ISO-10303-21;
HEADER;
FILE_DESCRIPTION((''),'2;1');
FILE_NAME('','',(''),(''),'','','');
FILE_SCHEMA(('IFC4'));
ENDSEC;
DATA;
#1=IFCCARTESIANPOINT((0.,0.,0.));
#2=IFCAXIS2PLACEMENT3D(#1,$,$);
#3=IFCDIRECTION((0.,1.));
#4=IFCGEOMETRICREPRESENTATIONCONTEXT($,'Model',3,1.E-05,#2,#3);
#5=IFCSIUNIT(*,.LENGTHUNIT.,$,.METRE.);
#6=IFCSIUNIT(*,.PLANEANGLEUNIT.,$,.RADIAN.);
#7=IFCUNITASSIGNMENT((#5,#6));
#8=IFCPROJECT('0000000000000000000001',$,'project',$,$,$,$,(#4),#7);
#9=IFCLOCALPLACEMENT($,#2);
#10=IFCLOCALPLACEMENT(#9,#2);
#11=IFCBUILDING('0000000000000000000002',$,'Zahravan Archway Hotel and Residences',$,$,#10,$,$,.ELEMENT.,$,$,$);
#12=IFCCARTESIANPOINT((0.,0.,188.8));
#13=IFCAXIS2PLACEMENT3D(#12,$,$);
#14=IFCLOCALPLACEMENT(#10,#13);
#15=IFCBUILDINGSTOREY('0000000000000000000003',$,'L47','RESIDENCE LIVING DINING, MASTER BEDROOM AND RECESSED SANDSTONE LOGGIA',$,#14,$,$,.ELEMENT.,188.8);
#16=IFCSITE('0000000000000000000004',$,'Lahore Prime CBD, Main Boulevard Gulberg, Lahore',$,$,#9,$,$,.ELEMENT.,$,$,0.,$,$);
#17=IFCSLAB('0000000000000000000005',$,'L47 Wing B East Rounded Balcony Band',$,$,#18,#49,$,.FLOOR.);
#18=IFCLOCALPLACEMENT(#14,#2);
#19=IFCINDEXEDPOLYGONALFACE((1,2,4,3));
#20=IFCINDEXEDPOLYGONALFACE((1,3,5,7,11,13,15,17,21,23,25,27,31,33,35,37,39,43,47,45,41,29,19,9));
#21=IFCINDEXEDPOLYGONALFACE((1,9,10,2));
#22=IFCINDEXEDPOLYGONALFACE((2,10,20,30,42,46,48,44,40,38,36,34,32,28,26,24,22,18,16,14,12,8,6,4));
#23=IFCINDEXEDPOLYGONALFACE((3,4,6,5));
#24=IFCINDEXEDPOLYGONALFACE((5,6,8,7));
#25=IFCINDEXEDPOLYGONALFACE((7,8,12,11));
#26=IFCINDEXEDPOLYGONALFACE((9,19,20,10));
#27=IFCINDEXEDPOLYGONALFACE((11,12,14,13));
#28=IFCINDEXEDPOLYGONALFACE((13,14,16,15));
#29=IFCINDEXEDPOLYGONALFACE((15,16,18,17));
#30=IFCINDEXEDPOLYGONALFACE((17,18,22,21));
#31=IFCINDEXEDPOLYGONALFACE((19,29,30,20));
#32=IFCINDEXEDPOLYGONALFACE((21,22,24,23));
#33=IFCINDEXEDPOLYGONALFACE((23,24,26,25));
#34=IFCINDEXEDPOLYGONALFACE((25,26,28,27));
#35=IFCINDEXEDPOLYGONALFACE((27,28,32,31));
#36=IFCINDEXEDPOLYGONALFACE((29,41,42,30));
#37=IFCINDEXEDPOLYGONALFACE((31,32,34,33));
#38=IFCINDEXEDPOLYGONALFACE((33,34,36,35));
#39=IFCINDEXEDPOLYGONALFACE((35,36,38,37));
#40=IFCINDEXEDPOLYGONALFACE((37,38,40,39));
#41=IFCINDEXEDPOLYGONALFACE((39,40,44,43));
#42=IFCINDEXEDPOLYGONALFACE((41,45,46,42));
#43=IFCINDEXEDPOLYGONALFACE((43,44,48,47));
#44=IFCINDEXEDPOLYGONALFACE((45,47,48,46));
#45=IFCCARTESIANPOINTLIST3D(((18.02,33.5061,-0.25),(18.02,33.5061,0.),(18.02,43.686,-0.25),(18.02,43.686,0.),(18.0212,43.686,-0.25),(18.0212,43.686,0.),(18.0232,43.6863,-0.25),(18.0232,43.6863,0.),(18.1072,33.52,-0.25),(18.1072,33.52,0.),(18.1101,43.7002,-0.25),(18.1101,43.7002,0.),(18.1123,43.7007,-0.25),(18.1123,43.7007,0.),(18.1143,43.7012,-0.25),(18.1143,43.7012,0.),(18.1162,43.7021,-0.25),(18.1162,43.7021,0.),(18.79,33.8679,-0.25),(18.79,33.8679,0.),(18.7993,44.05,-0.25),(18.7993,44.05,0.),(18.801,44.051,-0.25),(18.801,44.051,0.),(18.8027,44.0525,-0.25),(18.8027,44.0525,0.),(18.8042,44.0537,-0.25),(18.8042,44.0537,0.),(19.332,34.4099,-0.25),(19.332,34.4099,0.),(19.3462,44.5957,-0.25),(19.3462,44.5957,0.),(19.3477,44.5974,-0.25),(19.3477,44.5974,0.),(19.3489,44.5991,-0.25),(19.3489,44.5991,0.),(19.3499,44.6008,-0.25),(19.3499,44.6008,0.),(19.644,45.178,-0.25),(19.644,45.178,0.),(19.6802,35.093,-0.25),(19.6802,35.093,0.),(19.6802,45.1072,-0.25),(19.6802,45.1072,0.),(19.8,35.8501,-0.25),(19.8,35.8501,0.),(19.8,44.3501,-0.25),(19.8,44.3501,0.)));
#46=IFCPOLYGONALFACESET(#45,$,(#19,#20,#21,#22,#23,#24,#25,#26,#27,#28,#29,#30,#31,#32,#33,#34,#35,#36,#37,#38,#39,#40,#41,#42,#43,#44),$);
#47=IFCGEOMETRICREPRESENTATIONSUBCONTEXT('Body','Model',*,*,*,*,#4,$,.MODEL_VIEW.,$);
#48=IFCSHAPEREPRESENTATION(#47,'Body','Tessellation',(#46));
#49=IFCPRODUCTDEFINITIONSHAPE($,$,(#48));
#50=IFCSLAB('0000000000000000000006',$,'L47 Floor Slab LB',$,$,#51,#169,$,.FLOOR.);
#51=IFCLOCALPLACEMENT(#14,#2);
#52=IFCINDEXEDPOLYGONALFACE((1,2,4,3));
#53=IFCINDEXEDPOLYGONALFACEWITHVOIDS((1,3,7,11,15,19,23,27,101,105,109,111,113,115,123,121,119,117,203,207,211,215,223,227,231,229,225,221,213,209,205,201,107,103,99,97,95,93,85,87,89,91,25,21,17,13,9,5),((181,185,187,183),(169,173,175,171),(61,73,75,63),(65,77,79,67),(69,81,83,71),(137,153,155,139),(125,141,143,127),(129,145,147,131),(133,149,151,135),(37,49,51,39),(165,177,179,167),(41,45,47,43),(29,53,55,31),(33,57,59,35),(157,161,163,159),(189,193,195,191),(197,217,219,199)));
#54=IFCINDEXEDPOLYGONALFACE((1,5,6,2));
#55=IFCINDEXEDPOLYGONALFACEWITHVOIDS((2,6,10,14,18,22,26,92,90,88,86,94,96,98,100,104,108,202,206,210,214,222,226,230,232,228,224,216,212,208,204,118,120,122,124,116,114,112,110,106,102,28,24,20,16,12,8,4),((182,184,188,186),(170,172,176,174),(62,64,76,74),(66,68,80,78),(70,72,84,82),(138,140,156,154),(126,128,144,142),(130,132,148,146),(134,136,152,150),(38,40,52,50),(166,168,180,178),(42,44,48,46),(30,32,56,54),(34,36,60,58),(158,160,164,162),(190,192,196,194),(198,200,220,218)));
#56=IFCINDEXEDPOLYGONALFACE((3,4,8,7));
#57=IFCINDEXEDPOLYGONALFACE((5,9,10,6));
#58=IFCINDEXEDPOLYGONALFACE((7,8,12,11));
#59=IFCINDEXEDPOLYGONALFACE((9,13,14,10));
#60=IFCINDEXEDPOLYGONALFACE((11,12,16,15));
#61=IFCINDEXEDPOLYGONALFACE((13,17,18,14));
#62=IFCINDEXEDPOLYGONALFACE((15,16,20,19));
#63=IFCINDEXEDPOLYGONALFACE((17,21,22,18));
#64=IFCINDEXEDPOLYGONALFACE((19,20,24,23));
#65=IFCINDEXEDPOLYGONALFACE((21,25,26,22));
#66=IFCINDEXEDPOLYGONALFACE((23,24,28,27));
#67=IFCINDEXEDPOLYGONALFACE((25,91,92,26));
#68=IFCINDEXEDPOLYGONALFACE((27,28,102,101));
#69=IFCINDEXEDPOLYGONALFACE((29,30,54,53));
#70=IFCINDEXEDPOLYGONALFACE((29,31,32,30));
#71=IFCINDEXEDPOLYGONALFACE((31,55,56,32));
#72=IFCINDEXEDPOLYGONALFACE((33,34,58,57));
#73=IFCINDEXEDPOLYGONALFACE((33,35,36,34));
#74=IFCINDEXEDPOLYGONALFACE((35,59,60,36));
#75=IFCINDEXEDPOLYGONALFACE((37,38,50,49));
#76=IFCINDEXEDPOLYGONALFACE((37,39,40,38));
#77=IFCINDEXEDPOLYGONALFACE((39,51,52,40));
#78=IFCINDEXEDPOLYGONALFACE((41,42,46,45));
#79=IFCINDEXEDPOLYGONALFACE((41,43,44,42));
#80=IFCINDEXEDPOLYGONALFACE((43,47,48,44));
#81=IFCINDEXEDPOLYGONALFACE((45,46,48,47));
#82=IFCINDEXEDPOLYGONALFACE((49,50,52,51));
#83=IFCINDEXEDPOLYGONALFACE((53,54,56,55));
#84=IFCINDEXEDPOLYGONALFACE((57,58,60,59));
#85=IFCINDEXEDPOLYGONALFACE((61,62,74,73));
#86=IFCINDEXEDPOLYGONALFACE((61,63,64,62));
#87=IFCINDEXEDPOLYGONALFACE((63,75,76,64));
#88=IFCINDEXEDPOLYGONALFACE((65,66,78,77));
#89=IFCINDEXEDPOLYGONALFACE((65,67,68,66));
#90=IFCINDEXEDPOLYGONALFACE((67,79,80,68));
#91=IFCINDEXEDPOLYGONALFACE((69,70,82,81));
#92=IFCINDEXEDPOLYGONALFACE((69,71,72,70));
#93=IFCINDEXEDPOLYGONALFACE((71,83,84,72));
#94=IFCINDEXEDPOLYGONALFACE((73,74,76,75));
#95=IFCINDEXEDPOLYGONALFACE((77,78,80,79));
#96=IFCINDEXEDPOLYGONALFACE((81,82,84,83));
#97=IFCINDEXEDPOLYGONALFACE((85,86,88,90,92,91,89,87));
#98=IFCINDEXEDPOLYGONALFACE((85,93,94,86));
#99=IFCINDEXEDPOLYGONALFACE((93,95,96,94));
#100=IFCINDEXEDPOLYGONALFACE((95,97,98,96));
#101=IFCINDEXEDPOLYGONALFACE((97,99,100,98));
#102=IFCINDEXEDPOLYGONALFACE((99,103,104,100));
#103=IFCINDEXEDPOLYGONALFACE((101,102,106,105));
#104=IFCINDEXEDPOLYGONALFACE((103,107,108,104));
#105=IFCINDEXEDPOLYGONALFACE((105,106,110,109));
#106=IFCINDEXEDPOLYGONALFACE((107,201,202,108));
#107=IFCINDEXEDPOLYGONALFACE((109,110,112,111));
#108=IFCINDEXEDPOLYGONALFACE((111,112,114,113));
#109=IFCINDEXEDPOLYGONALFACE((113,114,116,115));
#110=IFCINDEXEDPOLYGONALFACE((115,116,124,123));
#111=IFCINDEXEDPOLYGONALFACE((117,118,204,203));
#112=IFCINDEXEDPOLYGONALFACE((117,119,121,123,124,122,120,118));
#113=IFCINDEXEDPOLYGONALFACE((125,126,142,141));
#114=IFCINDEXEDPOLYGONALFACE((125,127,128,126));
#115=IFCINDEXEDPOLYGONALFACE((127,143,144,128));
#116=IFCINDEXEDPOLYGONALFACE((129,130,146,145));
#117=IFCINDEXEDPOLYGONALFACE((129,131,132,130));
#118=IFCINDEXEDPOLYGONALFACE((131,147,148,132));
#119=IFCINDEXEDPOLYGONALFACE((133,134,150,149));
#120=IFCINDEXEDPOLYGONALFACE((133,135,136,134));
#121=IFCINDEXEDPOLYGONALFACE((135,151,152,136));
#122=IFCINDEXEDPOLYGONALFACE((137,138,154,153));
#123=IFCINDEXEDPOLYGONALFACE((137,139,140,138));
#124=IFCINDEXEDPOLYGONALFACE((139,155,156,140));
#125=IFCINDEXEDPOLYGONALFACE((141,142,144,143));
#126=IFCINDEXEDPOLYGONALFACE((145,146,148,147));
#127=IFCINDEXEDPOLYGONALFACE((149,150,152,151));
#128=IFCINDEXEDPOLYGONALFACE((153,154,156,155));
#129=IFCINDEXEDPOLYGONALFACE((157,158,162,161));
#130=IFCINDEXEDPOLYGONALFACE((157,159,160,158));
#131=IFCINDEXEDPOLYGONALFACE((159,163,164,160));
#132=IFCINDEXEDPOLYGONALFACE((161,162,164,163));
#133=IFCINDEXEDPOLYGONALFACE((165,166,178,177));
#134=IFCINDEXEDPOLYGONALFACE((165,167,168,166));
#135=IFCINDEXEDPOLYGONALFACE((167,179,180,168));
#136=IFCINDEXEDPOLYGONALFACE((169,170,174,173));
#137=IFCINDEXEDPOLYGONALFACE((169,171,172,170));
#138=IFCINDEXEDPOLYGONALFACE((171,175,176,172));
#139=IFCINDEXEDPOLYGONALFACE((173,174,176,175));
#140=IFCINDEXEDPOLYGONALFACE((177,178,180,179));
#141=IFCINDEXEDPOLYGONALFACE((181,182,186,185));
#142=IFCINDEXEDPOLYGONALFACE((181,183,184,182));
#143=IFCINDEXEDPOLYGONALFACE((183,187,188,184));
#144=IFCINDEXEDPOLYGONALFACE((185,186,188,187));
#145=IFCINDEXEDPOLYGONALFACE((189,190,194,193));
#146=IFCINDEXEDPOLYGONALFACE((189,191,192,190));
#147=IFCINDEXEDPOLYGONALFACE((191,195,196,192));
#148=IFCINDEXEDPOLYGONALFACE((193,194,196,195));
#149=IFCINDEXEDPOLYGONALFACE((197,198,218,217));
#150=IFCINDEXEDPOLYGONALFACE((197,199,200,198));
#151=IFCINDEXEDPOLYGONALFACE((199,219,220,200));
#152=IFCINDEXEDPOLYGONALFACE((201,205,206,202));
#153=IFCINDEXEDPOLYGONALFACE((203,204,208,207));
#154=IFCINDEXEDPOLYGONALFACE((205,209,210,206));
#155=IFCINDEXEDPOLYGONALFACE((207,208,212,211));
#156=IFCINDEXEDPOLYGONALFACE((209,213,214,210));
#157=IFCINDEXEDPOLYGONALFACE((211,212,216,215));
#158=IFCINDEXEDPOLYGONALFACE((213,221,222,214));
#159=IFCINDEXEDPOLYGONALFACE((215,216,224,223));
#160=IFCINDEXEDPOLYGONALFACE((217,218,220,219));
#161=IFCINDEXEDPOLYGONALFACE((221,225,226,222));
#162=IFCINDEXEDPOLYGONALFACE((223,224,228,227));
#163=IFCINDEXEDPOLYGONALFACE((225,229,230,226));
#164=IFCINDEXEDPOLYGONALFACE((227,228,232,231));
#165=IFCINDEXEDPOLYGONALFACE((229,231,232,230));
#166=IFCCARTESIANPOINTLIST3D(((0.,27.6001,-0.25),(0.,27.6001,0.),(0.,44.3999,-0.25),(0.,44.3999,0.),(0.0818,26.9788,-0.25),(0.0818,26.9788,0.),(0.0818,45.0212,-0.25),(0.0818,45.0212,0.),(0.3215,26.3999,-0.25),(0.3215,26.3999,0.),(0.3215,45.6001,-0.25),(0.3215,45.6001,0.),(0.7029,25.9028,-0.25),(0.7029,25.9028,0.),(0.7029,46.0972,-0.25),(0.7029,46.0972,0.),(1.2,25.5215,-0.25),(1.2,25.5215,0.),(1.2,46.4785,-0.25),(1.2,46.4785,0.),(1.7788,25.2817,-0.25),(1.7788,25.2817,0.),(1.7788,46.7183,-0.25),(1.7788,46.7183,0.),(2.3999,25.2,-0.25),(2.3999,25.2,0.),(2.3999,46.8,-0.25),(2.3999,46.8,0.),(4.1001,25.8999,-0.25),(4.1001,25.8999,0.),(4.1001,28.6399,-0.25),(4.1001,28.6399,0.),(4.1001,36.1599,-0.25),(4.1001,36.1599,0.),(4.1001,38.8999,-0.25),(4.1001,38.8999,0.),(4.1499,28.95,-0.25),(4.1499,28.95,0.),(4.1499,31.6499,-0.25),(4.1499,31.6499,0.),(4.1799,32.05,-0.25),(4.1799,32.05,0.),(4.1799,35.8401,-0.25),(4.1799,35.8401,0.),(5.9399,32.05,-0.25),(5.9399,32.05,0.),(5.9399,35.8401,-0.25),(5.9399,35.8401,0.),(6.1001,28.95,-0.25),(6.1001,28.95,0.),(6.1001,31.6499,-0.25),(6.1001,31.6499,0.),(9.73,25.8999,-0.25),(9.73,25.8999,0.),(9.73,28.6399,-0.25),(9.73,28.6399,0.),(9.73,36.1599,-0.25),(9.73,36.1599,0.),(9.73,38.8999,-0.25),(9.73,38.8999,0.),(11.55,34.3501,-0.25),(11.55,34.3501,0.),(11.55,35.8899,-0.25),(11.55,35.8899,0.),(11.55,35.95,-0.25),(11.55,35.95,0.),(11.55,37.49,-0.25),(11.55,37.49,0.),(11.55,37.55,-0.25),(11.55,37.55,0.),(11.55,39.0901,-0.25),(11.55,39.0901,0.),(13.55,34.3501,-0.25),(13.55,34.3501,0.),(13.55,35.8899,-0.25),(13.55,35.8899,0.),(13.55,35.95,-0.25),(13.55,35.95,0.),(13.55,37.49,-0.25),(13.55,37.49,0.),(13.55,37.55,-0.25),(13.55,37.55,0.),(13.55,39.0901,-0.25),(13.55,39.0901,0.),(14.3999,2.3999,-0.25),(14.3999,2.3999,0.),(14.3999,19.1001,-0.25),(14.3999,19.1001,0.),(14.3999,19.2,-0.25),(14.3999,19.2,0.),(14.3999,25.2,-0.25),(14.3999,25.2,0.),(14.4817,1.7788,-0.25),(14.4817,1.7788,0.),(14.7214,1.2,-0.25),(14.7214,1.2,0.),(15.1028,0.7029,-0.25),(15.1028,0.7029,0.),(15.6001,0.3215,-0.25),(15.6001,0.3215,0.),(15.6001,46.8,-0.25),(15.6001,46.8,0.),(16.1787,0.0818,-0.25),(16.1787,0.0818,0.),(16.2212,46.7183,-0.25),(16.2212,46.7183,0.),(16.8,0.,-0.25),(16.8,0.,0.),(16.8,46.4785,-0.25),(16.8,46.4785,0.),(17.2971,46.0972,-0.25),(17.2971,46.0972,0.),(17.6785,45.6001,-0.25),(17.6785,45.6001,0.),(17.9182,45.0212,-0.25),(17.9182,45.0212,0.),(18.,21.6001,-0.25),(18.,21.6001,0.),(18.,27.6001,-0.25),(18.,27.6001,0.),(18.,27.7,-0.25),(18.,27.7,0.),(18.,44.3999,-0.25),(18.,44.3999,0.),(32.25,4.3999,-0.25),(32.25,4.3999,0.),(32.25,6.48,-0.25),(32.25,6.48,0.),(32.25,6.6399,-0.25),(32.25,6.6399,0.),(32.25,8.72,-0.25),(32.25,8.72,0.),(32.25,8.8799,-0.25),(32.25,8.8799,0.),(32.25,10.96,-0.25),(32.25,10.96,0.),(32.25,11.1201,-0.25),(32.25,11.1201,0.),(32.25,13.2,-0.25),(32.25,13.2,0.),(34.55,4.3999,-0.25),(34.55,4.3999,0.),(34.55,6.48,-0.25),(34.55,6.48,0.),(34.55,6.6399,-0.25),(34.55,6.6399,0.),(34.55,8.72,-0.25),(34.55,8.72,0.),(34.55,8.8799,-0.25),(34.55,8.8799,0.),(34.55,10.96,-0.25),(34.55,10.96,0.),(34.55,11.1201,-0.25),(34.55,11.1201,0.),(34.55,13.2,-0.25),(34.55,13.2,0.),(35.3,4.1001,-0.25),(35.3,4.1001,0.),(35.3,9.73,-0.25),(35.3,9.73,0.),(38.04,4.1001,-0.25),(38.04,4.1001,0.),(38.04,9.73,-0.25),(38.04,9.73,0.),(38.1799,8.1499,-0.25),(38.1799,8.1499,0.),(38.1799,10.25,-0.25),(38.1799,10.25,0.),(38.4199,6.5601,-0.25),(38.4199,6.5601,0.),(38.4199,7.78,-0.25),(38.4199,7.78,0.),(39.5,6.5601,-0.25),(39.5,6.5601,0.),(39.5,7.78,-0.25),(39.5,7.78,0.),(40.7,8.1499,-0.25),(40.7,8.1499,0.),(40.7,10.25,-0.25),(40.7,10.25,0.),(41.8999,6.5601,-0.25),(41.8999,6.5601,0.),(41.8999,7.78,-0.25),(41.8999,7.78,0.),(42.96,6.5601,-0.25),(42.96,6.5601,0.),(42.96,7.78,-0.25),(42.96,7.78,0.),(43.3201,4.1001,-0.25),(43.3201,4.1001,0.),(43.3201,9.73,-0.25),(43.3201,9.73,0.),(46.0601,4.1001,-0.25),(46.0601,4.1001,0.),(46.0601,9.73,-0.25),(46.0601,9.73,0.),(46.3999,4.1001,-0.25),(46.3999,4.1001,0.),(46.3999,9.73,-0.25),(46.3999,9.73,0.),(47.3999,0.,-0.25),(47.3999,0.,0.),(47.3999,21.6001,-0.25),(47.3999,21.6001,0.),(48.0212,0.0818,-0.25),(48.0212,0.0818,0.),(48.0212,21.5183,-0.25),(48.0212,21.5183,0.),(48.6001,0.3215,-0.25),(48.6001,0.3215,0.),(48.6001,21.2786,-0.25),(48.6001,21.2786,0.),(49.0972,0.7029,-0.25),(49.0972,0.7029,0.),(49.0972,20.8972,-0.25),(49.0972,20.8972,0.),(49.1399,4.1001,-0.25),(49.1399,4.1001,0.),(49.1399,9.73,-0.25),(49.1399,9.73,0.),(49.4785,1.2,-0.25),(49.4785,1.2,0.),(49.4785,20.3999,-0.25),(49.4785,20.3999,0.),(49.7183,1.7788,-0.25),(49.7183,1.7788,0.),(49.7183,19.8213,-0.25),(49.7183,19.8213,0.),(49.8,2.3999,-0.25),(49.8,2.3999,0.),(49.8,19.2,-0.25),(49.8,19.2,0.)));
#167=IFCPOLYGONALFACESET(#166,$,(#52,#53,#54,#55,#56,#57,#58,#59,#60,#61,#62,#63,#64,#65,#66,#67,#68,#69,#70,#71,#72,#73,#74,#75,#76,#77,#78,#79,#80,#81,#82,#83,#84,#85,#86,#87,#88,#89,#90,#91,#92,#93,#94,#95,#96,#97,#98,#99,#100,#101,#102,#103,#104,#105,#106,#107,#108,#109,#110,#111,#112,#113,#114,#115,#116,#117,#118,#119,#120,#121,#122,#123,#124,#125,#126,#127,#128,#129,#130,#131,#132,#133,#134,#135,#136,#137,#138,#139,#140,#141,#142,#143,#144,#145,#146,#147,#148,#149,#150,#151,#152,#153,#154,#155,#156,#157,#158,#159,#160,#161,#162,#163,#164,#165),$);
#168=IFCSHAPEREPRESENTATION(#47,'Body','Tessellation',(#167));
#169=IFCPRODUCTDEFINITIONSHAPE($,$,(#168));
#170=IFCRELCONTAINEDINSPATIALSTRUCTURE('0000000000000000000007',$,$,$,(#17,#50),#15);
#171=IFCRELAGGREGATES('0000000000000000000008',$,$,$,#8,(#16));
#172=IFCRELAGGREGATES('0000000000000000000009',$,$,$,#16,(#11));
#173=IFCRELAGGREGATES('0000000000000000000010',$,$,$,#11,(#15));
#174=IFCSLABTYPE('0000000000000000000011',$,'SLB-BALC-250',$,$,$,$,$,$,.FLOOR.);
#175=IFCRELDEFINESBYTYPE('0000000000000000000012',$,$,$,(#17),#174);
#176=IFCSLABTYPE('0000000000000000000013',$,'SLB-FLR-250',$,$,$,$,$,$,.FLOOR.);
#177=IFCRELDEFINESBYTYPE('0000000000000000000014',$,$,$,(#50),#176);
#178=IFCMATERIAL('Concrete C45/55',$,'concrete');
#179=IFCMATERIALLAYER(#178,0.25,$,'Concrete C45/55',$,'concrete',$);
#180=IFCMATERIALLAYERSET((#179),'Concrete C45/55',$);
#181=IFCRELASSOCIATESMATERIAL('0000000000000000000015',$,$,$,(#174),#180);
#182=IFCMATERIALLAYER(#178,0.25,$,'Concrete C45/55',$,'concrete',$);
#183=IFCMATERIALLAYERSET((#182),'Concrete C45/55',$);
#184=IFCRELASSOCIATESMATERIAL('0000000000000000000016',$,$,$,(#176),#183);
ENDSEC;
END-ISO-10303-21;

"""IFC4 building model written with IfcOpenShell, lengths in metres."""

from ifc_helpers import new_model, si_unit, direction, frame, origin, place, context, subcontext, project, spatial, polyline, outline, extrude, material, layer, layer_set, type_object, element, save


model = new_model("IFC4")

# Units and contexts
model_context = context("Model", 3, precision=1e-05, world=origin(), true_north=direction((0.0, 1.0)))
body_context = subcontext(model_context, "Body", "Model", "MODEL_VIEW")
ifc_project = project(units=[si_unit("LENGTHUNIT", "METRE"), si_unit("PLANEANGLEUNIT", "RADIAN")], contexts=[model_context])

# Site, building, storey
site_placement = place(None, origin())
site = spatial("IfcSite", under=ifc_project, at=site_placement, Name="Lahore Prime CBD, Main Boulevard Gulberg, Lahore", CompositionType="ELEMENT", RefElevation=0.0)
building_placement = place(site_placement, origin())
building = spatial("IfcBuilding", under=site, at=building_placement, Name="Zahravan Archway Hotel and Residences", CompositionType="ELEMENT")
storey_placement = place(building_placement, frame((0.0, 0.0, 188.8)))
storey = spatial("IfcBuildingStorey", under=building, at=storey_placement, Name="L47", Description="RESIDENCE LIVING DINING, MASTER BEDROOM AND RECESSED SANDSTONE LOGGIA", CompositionType="ELEMENT", Elevation=188.8)

# Slabs
ifc_material_1 = material(Name="Concrete C45/55", Category="concrete")
ifc_layer_1 = layer(ifc_material_1, 0.25, Name="Concrete C45/55", Category="concrete")
ifc_layer_set_1 = layer_set([ifc_layer_1], Name="Concrete C45/55")
slab_type_1 = type_object("IfcSlabType", Name="SLB-BALC-250", PredefinedType="FLOOR", material=ifc_layer_set_1)
slab_1_placement = place(storey_placement, frame((0.0, 0.0, -0.25)))
element("IfcSlab", 1, at=slab_1_placement, inside=storey, type_object=slab_type_1, Name="L47 Wing B East Rounded Balcony Band", PredefinedType="FLOOR", context=body_context, shape_type="SweptSolid", body=[
    extrude(outline(polyline([(19.6802, 45.1072), (19.8, 44.3501), (19.8, 35.8501), (19.6802, 35.093), (19.332, 34.4099), (18.79, 33.8679), (18.1072, 33.52), (18.02, 33.5061), (18.02, 43.686), (18.0212, 43.686), (18.0232, 43.6863), (18.1101, 43.7002), (18.1123, 43.7007), (18.1143, 43.7012), (18.1162, 43.7021), (18.7993, 44.05), (18.801, 44.051), (18.8027, 44.0525), (18.8042, 44.0537), (19.3462, 44.5957), (19.3477, 44.5974), (19.3489, 44.5991), (19.3499, 44.6008), (19.644, 45.178), (19.6802, 45.1072)])), origin(), (0.0, 0.0, 1.0), 0.25),
])
ifc_layer_2 = layer(ifc_material_1, 0.25, Name="Concrete C45/55", Category="concrete")
ifc_layer_set_2 = layer_set([ifc_layer_2], Name="Concrete C45/55")
slab_type_2 = type_object("IfcSlabType", Name="SLB-FLR-250", PredefinedType="FLOOR", material=ifc_layer_set_2)
slab_2_placement = place(storey_placement, frame((0.0, 0.0, -0.25)))
element("IfcSlab", 2, at=slab_2_placement, inside=storey, type_object=slab_type_2, Name="L47 Floor Slab LB", PredefinedType="FLOOR", context=body_context, shape_type="SweptSolid", body=[
    extrude(outline(polyline([(18.0, 21.6001), (18.0, 27.6001), (18.0, 27.7), (18.0, 44.3999), (17.9182, 45.0212), (17.6785, 45.6001), (17.2971, 46.0972), (16.8, 46.4785), (16.2212, 46.7183), (15.6001, 46.8), (2.3999, 46.8), (1.7788, 46.7183), (1.2, 46.4785), (0.7029, 46.0972), (0.3215, 45.6001), (0.0818, 45.0212), (0.0, 44.3999), (0.0, 27.6001), (0.0818, 26.9788), (0.3215, 26.3999), (0.7029, 25.9028), (1.2, 25.5215), (1.7788, 25.2817), (2.3999, 25.2), (14.3999, 25.2), (14.3999, 19.2), (14.3999, 19.1001), (14.3999, 2.3999), (14.4817, 1.7788), (14.7214, 1.2), (15.1028, 0.7029), (15.6001, 0.3215), (16.1787, 0.0818), (16.8, 0.0), (47.3999, 0.0), (48.0212, 0.0818), (48.6001, 0.3215), (49.0972, 0.7029), (49.4785, 1.2), (49.7183, 1.7788), (49.8, 2.3999), (49.8, 19.2), (49.7183, 19.8213), (49.4785, 20.3999), (49.0972, 20.8972), (48.6001, 21.2786), (48.0212, 21.5183), (47.3999, 21.6001), (18.0, 21.6001)]), holes=[polyline([(35.3, 9.73), (35.3, 4.1001), (38.04, 4.1001), (38.04, 9.73), (35.3, 9.73)]), polyline([(43.3201, 9.73), (43.3201, 4.1001), (46.0601, 4.1001), (46.0601, 9.73), (43.3201, 9.73)]), polyline([(46.3999, 9.73), (46.3999, 4.1001), (49.1399, 4.1001), (49.1399, 9.73), (46.3999, 9.73)]), polyline([(9.73, 28.6399), (4.1001, 28.6399), (4.1001, 25.8999), (9.73, 25.8999), (9.73, 28.6399)]), polyline([(9.73, 38.8999), (4.1001, 38.8999), (4.1001, 36.1599), (9.73, 36.1599), (9.73, 38.8999)]), polyline([(38.1799, 8.1499), (40.7, 8.1499), (40.7, 10.25), (38.1799, 10.25), (38.1799, 8.1499)]), polyline([(4.1499, 28.95), (6.1001, 28.95), (6.1001, 31.6499), (4.1499, 31.6499), (4.1499, 28.95)]), polyline([(11.55, 34.3501), (13.55, 34.3501), (13.55, 35.8899), (11.55, 35.8899), (11.55, 34.3501)]), polyline([(11.55, 35.95), (13.55, 35.95), (13.55, 37.49), (11.55, 37.49), (11.55, 35.95)]), polyline([(11.55, 37.55), (13.55, 37.55), (13.55, 39.0901), (11.55, 39.0901), (11.55, 37.55)]), polyline([(32.25, 4.3999), (34.55, 4.3999), (34.55, 6.48), (32.25, 6.48), (32.25, 4.3999)]), polyline([(32.25, 6.6399), (34.55, 6.6399), (34.55, 8.72), (32.25, 8.72), (32.25, 6.6399)]), polyline([(32.25, 8.8799), (34.55, 8.8799), (34.55, 10.96), (32.25, 10.96), (32.25, 8.8799)]), polyline([(32.25, 11.1201), (34.55, 11.1201), (34.55, 13.2), (32.25, 13.2), (32.25, 11.1201)]), polyline([(38.4199, 6.5601), (39.5, 6.5601), (39.5, 7.78), (38.4199, 7.78), (38.4199, 6.5601)]), polyline([(41.8999, 6.5601), (42.96, 6.5601), (42.96, 7.78), (41.8999, 7.78), (41.8999, 6.5601)]), polyline([(4.1799, 32.05), (5.9399, 32.05), (5.9399, 35.8401), (4.1799, 35.8401), (4.1799, 32.05)])]), origin(), (0.0, 0.0, 1.0), 0.25),
])

save(model, "model.ifc")
